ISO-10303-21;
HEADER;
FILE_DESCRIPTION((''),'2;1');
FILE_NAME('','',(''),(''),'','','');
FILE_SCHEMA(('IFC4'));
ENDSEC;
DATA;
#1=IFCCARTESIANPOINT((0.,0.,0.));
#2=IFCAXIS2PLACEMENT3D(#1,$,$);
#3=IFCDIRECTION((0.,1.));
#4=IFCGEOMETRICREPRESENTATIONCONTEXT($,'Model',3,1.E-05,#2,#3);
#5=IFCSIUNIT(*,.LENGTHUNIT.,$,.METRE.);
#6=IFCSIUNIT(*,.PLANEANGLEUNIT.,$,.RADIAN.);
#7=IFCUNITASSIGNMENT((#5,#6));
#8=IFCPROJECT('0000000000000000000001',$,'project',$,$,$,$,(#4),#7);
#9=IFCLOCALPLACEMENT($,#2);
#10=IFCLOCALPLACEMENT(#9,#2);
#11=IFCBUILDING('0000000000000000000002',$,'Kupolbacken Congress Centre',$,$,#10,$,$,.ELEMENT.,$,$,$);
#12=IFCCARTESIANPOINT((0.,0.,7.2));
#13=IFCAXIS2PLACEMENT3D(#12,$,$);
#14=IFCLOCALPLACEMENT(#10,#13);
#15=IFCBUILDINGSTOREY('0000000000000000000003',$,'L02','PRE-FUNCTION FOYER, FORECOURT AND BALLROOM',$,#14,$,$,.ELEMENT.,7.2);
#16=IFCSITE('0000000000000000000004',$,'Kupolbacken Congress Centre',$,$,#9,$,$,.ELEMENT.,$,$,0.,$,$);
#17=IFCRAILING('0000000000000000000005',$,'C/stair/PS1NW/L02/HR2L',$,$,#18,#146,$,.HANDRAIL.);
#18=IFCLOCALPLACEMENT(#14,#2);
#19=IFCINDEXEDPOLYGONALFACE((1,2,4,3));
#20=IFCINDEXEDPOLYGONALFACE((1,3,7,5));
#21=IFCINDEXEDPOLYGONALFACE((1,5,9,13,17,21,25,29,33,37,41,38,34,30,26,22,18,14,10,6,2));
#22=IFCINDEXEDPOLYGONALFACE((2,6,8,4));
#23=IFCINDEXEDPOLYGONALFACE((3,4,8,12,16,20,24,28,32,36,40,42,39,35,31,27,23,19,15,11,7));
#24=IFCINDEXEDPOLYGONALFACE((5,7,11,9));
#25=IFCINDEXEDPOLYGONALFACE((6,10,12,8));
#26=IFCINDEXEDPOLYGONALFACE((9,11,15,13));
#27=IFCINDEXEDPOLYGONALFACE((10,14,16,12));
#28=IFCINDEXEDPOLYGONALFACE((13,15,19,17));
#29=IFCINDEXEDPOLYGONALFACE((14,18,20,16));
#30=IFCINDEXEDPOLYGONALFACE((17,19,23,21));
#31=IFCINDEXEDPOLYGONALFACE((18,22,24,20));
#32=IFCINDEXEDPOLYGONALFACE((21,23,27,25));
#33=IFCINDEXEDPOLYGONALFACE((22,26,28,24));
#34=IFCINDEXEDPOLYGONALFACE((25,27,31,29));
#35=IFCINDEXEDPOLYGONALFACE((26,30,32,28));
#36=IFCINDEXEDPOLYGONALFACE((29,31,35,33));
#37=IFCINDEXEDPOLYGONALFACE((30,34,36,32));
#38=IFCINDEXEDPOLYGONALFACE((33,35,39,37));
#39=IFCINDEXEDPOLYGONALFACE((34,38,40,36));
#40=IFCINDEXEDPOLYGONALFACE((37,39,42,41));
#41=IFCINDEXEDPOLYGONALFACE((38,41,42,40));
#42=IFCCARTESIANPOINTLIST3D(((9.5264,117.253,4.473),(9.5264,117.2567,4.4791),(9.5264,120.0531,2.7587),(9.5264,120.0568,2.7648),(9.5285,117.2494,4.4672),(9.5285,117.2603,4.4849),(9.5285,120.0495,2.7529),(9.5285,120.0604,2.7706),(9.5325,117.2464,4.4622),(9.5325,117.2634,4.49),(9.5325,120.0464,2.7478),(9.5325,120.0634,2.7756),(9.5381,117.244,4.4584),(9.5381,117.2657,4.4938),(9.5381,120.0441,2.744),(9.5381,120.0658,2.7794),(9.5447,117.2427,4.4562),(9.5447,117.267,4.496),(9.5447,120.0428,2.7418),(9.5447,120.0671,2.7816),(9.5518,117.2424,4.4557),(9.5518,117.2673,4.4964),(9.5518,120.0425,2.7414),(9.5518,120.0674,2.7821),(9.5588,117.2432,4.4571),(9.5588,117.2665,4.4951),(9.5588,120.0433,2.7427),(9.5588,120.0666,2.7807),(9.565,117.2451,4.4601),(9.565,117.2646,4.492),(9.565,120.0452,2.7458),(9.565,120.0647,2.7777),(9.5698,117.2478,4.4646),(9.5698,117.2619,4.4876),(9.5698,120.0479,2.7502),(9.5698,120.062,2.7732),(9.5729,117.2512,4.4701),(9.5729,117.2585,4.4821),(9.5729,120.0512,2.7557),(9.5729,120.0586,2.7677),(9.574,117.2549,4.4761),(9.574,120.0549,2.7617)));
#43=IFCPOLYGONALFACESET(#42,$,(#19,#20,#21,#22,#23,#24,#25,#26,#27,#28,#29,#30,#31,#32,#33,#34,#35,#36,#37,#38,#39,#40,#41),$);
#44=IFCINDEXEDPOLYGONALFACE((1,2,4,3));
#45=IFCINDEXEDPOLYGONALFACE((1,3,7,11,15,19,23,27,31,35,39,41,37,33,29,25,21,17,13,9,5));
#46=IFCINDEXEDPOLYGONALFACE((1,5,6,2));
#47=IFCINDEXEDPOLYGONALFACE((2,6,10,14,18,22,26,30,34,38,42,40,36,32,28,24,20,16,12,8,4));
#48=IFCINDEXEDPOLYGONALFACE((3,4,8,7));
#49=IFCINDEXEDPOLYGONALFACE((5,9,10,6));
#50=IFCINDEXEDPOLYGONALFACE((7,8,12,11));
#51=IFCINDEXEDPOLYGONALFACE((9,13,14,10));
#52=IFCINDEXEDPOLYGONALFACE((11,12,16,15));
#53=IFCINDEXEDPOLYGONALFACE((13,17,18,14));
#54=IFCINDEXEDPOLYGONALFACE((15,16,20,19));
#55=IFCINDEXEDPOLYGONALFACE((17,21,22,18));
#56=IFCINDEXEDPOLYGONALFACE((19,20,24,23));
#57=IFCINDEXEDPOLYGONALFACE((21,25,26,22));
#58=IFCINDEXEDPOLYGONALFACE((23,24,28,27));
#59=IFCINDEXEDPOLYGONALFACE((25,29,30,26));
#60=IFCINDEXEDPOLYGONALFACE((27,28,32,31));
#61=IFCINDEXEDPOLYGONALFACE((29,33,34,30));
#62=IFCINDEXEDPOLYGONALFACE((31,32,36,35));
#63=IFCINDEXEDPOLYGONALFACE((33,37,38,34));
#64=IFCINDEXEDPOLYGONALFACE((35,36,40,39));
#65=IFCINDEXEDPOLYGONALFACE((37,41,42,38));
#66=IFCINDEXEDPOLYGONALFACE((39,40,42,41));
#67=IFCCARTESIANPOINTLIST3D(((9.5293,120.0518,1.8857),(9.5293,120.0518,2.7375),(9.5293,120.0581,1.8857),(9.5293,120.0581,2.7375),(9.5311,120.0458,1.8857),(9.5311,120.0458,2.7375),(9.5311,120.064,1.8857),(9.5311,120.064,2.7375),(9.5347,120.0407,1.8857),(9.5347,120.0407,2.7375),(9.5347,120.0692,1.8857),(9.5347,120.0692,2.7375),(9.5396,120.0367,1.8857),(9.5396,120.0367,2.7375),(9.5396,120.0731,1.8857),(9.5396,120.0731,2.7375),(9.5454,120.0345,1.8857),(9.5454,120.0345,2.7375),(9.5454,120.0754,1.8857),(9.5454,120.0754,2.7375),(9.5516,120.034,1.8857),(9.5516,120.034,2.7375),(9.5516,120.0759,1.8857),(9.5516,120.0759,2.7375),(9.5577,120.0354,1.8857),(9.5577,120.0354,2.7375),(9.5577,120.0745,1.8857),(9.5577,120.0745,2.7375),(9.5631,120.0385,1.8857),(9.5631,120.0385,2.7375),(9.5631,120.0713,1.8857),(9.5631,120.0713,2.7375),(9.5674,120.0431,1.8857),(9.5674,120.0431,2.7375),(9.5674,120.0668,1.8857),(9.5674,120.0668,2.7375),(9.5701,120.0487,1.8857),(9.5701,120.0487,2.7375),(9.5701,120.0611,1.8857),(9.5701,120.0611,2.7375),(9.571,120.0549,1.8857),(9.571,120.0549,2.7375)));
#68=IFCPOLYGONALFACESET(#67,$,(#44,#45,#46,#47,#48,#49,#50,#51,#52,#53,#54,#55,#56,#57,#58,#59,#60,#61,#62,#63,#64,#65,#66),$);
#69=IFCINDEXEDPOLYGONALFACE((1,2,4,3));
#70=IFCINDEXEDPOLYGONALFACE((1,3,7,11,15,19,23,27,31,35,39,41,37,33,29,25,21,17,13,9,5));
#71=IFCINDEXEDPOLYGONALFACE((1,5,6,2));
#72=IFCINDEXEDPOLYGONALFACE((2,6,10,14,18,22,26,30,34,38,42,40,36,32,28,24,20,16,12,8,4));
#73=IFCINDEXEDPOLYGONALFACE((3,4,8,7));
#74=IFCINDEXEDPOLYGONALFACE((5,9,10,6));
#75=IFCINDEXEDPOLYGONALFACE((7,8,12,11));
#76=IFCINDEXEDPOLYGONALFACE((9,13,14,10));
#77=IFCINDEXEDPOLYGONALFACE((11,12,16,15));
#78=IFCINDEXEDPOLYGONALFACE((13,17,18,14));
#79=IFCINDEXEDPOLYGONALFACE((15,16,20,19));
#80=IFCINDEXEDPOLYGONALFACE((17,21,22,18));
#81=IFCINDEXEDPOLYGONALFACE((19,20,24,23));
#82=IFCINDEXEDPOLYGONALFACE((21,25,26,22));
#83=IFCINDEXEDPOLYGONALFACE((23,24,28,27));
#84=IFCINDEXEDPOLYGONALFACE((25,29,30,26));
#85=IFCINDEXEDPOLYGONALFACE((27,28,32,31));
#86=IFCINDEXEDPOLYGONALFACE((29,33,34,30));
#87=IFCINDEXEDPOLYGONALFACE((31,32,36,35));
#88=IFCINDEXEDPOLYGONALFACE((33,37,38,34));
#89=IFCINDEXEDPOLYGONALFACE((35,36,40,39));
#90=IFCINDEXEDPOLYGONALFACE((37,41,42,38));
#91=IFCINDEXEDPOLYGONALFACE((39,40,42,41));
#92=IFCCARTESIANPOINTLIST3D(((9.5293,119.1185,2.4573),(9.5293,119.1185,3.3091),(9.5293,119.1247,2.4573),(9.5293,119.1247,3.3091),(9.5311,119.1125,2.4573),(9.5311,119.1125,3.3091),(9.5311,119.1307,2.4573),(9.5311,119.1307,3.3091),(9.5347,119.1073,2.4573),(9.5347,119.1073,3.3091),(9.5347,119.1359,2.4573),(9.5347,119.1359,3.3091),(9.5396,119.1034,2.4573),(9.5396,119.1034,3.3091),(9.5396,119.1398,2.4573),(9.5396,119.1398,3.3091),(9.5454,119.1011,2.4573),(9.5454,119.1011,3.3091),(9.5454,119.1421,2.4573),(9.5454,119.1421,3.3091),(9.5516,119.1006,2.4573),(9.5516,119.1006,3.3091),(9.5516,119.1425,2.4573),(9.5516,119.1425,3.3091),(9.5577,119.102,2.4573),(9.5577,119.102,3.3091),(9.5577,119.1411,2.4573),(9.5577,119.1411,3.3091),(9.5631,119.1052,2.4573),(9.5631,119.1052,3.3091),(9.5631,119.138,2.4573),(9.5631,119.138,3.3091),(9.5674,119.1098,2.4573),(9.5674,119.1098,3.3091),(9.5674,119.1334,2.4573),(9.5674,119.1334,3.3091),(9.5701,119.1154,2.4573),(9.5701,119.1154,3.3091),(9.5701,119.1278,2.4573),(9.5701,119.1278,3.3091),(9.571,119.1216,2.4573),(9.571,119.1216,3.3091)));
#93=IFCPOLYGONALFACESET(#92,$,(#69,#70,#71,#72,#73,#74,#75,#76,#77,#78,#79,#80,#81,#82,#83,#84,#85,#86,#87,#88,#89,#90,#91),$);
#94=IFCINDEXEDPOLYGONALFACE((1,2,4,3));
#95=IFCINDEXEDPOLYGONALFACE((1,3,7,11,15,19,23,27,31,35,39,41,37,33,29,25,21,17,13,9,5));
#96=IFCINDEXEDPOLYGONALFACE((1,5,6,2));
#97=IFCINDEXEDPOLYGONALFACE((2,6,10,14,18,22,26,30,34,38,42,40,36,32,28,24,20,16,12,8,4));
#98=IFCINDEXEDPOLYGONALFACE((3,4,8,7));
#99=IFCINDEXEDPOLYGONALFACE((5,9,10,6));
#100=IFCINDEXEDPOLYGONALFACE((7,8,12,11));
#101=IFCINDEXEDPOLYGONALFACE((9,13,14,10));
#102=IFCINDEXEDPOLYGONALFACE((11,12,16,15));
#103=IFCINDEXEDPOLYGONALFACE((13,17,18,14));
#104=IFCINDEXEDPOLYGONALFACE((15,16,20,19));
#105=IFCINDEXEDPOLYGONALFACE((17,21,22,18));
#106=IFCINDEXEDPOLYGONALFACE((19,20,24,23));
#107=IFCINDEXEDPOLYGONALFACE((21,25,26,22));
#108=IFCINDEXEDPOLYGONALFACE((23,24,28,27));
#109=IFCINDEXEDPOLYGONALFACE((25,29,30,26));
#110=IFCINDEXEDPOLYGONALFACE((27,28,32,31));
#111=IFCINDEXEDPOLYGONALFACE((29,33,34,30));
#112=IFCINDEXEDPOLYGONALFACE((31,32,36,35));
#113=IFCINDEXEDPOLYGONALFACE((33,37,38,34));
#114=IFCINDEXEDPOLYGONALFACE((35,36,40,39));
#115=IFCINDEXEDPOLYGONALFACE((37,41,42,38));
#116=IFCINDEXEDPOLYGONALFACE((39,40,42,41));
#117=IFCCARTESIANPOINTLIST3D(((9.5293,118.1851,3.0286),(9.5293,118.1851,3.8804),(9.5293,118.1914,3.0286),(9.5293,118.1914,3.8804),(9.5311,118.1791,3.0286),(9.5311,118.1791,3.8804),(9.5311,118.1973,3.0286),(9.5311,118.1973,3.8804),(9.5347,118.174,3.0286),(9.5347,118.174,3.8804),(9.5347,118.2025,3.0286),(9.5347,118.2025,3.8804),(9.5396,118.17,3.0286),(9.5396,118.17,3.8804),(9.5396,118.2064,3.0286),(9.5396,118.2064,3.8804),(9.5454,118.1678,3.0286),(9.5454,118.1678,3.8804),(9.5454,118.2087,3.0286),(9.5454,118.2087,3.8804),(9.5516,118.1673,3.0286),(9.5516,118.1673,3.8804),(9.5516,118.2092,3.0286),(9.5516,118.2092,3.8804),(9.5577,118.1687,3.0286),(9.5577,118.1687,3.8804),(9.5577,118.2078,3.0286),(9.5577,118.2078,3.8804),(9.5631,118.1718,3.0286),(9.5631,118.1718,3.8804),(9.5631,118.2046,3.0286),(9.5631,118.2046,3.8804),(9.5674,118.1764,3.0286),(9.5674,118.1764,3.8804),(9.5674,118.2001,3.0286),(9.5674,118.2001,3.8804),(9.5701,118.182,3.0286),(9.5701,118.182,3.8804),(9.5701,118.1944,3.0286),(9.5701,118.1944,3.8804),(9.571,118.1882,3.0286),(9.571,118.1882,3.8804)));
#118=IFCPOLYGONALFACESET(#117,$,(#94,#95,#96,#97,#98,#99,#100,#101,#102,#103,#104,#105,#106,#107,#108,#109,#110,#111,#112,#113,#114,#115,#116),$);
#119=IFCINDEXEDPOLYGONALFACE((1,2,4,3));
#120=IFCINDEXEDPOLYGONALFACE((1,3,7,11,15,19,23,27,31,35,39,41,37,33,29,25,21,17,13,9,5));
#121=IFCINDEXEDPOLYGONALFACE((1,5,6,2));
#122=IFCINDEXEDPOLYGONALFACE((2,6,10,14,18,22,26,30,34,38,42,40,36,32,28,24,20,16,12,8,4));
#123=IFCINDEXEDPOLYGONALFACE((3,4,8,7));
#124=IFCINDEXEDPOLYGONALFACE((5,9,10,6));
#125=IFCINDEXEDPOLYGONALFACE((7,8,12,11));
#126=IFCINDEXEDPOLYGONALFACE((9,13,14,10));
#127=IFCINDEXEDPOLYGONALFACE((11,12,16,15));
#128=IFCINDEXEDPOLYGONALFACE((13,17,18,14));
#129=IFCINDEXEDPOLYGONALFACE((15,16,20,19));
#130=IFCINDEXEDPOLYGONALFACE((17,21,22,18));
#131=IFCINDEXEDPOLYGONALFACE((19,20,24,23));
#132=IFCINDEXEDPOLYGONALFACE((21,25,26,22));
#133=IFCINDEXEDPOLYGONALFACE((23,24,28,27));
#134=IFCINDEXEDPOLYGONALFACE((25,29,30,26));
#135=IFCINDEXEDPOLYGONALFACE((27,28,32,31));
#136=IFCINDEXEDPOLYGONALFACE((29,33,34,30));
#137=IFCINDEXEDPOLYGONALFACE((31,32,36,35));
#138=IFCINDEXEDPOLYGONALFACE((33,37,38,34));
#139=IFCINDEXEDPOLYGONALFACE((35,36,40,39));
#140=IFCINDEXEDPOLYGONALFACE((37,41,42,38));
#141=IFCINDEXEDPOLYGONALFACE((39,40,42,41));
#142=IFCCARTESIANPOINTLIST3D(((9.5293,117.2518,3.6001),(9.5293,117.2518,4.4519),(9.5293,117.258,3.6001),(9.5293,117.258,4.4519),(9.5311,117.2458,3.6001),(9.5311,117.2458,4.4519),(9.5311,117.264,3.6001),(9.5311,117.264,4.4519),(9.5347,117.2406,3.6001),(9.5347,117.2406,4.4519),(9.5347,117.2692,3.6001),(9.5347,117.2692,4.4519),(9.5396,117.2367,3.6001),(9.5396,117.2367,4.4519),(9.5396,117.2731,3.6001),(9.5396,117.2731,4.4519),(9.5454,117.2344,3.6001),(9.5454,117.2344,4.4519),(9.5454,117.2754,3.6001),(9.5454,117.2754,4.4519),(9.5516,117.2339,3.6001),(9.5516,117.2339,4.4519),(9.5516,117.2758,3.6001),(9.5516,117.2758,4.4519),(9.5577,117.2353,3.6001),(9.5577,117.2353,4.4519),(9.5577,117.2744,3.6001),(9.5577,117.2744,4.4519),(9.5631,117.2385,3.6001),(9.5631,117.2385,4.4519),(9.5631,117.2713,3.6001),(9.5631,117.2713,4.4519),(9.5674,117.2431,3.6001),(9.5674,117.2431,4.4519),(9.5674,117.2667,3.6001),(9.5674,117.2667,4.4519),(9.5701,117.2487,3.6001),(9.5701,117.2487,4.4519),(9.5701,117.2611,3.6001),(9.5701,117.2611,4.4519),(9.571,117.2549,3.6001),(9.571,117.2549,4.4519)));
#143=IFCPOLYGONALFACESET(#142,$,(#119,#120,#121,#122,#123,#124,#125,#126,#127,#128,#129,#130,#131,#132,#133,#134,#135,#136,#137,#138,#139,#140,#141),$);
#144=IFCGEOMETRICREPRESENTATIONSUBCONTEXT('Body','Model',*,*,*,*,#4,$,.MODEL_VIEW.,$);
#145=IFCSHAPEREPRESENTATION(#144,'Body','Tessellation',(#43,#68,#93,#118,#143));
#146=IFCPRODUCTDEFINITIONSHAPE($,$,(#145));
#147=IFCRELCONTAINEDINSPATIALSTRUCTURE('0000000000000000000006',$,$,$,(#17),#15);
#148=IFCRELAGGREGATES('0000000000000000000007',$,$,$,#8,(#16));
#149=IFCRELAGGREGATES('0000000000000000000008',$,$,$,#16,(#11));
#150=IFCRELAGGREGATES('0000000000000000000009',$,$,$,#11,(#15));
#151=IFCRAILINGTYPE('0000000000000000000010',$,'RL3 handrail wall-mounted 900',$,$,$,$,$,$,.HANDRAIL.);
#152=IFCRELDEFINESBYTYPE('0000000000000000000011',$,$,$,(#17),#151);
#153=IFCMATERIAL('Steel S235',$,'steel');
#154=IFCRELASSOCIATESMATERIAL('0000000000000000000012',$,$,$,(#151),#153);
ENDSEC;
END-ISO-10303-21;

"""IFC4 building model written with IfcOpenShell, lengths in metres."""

from ifc_helpers import new_model, si_unit, direction, frame, origin, origin_2d, place, context, subcontext, project, spatial, circle, extrude, material, type_object, element, save


model = new_model("IFC4")

# Units and contexts
model_context = context("Model", 3, precision=1e-05, world=origin(), true_north=direction((0.0, 1.0)))
body_context = subcontext(model_context, "Body", "Model", "MODEL_VIEW")
ifc_project = project(units=[si_unit("LENGTHUNIT", "METRE"), si_unit("PLANEANGLEUNIT", "RADIAN")], contexts=[model_context])

# Site, building, storey
site_placement = place(None, origin())
site = spatial("IfcSite", under=ifc_project, at=site_placement, Name="Kupolbacken Congress Centre", CompositionType="ELEMENT", RefElevation=0.0)
building_placement = place(site_placement, origin())
building = spatial("IfcBuilding", under=site, at=building_placement, Name="Kupolbacken Congress Centre", CompositionType="ELEMENT")
storey_placement = place(building_placement, frame((0.0, 0.0, 7.2)))
storey = spatial("IfcBuildingStorey", under=building, at=storey_placement, Name="L02", Description="PRE-FUNCTION FOYER, FORECOURT AND BALLROOM", CompositionType="ELEMENT", Elevation=7.2)

# Railing
ifc_material_1 = material(Name="Steel S235", Category="steel")
railing_type = type_object("IfcRailingType", Name="RL3 handrail wall-mounted 900", PredefinedType="HANDRAIL", material=ifc_material_1)
for number, where, name in (
    (1, (9.55, 120.0549, 1.8857), "C/stair/PS1NW/L02/HR2L"),
):
    element("IfcRailing", number, at=place(storey_placement, frame(where)), inside=storey, type_object=railing_type, Name=name, PredefinedType="HANDRAIL", context=body_context, shape_type="SweptSolid", body=[
        extrude(circle(Radius=0.0239, at=origin_2d()), frame((0.0, 0.0, 0.876), z_axis=(0.0, -0.852846, 0.522163), x_axis=(1.0, 0.0, 0.0)), (0.0, 0.0, 1.0), 3.2832),
        extrude(circle(Radius=0.021, at=origin_2d()), origin(), (0.0, 0.0, 1.0), 0.8518),
        extrude(circle(Radius=0.021, at=origin_2d()), frame((0.0, -0.9333, 0.5715)), (0.0, 0.0, 1.0), 0.8518),
        extrude(circle(Radius=0.021, at=origin_2d()), frame((0.0, -1.8667, 1.1428)), (0.0, 0.0, 1.0), 0.8518),
        extrude(circle(Radius=0.021, at=origin_2d()), frame((0.0, -2.8, 1.7144)), (0.0, 0.0, 1.0), 0.8518),
    ])

save(model, "model.ifc")
